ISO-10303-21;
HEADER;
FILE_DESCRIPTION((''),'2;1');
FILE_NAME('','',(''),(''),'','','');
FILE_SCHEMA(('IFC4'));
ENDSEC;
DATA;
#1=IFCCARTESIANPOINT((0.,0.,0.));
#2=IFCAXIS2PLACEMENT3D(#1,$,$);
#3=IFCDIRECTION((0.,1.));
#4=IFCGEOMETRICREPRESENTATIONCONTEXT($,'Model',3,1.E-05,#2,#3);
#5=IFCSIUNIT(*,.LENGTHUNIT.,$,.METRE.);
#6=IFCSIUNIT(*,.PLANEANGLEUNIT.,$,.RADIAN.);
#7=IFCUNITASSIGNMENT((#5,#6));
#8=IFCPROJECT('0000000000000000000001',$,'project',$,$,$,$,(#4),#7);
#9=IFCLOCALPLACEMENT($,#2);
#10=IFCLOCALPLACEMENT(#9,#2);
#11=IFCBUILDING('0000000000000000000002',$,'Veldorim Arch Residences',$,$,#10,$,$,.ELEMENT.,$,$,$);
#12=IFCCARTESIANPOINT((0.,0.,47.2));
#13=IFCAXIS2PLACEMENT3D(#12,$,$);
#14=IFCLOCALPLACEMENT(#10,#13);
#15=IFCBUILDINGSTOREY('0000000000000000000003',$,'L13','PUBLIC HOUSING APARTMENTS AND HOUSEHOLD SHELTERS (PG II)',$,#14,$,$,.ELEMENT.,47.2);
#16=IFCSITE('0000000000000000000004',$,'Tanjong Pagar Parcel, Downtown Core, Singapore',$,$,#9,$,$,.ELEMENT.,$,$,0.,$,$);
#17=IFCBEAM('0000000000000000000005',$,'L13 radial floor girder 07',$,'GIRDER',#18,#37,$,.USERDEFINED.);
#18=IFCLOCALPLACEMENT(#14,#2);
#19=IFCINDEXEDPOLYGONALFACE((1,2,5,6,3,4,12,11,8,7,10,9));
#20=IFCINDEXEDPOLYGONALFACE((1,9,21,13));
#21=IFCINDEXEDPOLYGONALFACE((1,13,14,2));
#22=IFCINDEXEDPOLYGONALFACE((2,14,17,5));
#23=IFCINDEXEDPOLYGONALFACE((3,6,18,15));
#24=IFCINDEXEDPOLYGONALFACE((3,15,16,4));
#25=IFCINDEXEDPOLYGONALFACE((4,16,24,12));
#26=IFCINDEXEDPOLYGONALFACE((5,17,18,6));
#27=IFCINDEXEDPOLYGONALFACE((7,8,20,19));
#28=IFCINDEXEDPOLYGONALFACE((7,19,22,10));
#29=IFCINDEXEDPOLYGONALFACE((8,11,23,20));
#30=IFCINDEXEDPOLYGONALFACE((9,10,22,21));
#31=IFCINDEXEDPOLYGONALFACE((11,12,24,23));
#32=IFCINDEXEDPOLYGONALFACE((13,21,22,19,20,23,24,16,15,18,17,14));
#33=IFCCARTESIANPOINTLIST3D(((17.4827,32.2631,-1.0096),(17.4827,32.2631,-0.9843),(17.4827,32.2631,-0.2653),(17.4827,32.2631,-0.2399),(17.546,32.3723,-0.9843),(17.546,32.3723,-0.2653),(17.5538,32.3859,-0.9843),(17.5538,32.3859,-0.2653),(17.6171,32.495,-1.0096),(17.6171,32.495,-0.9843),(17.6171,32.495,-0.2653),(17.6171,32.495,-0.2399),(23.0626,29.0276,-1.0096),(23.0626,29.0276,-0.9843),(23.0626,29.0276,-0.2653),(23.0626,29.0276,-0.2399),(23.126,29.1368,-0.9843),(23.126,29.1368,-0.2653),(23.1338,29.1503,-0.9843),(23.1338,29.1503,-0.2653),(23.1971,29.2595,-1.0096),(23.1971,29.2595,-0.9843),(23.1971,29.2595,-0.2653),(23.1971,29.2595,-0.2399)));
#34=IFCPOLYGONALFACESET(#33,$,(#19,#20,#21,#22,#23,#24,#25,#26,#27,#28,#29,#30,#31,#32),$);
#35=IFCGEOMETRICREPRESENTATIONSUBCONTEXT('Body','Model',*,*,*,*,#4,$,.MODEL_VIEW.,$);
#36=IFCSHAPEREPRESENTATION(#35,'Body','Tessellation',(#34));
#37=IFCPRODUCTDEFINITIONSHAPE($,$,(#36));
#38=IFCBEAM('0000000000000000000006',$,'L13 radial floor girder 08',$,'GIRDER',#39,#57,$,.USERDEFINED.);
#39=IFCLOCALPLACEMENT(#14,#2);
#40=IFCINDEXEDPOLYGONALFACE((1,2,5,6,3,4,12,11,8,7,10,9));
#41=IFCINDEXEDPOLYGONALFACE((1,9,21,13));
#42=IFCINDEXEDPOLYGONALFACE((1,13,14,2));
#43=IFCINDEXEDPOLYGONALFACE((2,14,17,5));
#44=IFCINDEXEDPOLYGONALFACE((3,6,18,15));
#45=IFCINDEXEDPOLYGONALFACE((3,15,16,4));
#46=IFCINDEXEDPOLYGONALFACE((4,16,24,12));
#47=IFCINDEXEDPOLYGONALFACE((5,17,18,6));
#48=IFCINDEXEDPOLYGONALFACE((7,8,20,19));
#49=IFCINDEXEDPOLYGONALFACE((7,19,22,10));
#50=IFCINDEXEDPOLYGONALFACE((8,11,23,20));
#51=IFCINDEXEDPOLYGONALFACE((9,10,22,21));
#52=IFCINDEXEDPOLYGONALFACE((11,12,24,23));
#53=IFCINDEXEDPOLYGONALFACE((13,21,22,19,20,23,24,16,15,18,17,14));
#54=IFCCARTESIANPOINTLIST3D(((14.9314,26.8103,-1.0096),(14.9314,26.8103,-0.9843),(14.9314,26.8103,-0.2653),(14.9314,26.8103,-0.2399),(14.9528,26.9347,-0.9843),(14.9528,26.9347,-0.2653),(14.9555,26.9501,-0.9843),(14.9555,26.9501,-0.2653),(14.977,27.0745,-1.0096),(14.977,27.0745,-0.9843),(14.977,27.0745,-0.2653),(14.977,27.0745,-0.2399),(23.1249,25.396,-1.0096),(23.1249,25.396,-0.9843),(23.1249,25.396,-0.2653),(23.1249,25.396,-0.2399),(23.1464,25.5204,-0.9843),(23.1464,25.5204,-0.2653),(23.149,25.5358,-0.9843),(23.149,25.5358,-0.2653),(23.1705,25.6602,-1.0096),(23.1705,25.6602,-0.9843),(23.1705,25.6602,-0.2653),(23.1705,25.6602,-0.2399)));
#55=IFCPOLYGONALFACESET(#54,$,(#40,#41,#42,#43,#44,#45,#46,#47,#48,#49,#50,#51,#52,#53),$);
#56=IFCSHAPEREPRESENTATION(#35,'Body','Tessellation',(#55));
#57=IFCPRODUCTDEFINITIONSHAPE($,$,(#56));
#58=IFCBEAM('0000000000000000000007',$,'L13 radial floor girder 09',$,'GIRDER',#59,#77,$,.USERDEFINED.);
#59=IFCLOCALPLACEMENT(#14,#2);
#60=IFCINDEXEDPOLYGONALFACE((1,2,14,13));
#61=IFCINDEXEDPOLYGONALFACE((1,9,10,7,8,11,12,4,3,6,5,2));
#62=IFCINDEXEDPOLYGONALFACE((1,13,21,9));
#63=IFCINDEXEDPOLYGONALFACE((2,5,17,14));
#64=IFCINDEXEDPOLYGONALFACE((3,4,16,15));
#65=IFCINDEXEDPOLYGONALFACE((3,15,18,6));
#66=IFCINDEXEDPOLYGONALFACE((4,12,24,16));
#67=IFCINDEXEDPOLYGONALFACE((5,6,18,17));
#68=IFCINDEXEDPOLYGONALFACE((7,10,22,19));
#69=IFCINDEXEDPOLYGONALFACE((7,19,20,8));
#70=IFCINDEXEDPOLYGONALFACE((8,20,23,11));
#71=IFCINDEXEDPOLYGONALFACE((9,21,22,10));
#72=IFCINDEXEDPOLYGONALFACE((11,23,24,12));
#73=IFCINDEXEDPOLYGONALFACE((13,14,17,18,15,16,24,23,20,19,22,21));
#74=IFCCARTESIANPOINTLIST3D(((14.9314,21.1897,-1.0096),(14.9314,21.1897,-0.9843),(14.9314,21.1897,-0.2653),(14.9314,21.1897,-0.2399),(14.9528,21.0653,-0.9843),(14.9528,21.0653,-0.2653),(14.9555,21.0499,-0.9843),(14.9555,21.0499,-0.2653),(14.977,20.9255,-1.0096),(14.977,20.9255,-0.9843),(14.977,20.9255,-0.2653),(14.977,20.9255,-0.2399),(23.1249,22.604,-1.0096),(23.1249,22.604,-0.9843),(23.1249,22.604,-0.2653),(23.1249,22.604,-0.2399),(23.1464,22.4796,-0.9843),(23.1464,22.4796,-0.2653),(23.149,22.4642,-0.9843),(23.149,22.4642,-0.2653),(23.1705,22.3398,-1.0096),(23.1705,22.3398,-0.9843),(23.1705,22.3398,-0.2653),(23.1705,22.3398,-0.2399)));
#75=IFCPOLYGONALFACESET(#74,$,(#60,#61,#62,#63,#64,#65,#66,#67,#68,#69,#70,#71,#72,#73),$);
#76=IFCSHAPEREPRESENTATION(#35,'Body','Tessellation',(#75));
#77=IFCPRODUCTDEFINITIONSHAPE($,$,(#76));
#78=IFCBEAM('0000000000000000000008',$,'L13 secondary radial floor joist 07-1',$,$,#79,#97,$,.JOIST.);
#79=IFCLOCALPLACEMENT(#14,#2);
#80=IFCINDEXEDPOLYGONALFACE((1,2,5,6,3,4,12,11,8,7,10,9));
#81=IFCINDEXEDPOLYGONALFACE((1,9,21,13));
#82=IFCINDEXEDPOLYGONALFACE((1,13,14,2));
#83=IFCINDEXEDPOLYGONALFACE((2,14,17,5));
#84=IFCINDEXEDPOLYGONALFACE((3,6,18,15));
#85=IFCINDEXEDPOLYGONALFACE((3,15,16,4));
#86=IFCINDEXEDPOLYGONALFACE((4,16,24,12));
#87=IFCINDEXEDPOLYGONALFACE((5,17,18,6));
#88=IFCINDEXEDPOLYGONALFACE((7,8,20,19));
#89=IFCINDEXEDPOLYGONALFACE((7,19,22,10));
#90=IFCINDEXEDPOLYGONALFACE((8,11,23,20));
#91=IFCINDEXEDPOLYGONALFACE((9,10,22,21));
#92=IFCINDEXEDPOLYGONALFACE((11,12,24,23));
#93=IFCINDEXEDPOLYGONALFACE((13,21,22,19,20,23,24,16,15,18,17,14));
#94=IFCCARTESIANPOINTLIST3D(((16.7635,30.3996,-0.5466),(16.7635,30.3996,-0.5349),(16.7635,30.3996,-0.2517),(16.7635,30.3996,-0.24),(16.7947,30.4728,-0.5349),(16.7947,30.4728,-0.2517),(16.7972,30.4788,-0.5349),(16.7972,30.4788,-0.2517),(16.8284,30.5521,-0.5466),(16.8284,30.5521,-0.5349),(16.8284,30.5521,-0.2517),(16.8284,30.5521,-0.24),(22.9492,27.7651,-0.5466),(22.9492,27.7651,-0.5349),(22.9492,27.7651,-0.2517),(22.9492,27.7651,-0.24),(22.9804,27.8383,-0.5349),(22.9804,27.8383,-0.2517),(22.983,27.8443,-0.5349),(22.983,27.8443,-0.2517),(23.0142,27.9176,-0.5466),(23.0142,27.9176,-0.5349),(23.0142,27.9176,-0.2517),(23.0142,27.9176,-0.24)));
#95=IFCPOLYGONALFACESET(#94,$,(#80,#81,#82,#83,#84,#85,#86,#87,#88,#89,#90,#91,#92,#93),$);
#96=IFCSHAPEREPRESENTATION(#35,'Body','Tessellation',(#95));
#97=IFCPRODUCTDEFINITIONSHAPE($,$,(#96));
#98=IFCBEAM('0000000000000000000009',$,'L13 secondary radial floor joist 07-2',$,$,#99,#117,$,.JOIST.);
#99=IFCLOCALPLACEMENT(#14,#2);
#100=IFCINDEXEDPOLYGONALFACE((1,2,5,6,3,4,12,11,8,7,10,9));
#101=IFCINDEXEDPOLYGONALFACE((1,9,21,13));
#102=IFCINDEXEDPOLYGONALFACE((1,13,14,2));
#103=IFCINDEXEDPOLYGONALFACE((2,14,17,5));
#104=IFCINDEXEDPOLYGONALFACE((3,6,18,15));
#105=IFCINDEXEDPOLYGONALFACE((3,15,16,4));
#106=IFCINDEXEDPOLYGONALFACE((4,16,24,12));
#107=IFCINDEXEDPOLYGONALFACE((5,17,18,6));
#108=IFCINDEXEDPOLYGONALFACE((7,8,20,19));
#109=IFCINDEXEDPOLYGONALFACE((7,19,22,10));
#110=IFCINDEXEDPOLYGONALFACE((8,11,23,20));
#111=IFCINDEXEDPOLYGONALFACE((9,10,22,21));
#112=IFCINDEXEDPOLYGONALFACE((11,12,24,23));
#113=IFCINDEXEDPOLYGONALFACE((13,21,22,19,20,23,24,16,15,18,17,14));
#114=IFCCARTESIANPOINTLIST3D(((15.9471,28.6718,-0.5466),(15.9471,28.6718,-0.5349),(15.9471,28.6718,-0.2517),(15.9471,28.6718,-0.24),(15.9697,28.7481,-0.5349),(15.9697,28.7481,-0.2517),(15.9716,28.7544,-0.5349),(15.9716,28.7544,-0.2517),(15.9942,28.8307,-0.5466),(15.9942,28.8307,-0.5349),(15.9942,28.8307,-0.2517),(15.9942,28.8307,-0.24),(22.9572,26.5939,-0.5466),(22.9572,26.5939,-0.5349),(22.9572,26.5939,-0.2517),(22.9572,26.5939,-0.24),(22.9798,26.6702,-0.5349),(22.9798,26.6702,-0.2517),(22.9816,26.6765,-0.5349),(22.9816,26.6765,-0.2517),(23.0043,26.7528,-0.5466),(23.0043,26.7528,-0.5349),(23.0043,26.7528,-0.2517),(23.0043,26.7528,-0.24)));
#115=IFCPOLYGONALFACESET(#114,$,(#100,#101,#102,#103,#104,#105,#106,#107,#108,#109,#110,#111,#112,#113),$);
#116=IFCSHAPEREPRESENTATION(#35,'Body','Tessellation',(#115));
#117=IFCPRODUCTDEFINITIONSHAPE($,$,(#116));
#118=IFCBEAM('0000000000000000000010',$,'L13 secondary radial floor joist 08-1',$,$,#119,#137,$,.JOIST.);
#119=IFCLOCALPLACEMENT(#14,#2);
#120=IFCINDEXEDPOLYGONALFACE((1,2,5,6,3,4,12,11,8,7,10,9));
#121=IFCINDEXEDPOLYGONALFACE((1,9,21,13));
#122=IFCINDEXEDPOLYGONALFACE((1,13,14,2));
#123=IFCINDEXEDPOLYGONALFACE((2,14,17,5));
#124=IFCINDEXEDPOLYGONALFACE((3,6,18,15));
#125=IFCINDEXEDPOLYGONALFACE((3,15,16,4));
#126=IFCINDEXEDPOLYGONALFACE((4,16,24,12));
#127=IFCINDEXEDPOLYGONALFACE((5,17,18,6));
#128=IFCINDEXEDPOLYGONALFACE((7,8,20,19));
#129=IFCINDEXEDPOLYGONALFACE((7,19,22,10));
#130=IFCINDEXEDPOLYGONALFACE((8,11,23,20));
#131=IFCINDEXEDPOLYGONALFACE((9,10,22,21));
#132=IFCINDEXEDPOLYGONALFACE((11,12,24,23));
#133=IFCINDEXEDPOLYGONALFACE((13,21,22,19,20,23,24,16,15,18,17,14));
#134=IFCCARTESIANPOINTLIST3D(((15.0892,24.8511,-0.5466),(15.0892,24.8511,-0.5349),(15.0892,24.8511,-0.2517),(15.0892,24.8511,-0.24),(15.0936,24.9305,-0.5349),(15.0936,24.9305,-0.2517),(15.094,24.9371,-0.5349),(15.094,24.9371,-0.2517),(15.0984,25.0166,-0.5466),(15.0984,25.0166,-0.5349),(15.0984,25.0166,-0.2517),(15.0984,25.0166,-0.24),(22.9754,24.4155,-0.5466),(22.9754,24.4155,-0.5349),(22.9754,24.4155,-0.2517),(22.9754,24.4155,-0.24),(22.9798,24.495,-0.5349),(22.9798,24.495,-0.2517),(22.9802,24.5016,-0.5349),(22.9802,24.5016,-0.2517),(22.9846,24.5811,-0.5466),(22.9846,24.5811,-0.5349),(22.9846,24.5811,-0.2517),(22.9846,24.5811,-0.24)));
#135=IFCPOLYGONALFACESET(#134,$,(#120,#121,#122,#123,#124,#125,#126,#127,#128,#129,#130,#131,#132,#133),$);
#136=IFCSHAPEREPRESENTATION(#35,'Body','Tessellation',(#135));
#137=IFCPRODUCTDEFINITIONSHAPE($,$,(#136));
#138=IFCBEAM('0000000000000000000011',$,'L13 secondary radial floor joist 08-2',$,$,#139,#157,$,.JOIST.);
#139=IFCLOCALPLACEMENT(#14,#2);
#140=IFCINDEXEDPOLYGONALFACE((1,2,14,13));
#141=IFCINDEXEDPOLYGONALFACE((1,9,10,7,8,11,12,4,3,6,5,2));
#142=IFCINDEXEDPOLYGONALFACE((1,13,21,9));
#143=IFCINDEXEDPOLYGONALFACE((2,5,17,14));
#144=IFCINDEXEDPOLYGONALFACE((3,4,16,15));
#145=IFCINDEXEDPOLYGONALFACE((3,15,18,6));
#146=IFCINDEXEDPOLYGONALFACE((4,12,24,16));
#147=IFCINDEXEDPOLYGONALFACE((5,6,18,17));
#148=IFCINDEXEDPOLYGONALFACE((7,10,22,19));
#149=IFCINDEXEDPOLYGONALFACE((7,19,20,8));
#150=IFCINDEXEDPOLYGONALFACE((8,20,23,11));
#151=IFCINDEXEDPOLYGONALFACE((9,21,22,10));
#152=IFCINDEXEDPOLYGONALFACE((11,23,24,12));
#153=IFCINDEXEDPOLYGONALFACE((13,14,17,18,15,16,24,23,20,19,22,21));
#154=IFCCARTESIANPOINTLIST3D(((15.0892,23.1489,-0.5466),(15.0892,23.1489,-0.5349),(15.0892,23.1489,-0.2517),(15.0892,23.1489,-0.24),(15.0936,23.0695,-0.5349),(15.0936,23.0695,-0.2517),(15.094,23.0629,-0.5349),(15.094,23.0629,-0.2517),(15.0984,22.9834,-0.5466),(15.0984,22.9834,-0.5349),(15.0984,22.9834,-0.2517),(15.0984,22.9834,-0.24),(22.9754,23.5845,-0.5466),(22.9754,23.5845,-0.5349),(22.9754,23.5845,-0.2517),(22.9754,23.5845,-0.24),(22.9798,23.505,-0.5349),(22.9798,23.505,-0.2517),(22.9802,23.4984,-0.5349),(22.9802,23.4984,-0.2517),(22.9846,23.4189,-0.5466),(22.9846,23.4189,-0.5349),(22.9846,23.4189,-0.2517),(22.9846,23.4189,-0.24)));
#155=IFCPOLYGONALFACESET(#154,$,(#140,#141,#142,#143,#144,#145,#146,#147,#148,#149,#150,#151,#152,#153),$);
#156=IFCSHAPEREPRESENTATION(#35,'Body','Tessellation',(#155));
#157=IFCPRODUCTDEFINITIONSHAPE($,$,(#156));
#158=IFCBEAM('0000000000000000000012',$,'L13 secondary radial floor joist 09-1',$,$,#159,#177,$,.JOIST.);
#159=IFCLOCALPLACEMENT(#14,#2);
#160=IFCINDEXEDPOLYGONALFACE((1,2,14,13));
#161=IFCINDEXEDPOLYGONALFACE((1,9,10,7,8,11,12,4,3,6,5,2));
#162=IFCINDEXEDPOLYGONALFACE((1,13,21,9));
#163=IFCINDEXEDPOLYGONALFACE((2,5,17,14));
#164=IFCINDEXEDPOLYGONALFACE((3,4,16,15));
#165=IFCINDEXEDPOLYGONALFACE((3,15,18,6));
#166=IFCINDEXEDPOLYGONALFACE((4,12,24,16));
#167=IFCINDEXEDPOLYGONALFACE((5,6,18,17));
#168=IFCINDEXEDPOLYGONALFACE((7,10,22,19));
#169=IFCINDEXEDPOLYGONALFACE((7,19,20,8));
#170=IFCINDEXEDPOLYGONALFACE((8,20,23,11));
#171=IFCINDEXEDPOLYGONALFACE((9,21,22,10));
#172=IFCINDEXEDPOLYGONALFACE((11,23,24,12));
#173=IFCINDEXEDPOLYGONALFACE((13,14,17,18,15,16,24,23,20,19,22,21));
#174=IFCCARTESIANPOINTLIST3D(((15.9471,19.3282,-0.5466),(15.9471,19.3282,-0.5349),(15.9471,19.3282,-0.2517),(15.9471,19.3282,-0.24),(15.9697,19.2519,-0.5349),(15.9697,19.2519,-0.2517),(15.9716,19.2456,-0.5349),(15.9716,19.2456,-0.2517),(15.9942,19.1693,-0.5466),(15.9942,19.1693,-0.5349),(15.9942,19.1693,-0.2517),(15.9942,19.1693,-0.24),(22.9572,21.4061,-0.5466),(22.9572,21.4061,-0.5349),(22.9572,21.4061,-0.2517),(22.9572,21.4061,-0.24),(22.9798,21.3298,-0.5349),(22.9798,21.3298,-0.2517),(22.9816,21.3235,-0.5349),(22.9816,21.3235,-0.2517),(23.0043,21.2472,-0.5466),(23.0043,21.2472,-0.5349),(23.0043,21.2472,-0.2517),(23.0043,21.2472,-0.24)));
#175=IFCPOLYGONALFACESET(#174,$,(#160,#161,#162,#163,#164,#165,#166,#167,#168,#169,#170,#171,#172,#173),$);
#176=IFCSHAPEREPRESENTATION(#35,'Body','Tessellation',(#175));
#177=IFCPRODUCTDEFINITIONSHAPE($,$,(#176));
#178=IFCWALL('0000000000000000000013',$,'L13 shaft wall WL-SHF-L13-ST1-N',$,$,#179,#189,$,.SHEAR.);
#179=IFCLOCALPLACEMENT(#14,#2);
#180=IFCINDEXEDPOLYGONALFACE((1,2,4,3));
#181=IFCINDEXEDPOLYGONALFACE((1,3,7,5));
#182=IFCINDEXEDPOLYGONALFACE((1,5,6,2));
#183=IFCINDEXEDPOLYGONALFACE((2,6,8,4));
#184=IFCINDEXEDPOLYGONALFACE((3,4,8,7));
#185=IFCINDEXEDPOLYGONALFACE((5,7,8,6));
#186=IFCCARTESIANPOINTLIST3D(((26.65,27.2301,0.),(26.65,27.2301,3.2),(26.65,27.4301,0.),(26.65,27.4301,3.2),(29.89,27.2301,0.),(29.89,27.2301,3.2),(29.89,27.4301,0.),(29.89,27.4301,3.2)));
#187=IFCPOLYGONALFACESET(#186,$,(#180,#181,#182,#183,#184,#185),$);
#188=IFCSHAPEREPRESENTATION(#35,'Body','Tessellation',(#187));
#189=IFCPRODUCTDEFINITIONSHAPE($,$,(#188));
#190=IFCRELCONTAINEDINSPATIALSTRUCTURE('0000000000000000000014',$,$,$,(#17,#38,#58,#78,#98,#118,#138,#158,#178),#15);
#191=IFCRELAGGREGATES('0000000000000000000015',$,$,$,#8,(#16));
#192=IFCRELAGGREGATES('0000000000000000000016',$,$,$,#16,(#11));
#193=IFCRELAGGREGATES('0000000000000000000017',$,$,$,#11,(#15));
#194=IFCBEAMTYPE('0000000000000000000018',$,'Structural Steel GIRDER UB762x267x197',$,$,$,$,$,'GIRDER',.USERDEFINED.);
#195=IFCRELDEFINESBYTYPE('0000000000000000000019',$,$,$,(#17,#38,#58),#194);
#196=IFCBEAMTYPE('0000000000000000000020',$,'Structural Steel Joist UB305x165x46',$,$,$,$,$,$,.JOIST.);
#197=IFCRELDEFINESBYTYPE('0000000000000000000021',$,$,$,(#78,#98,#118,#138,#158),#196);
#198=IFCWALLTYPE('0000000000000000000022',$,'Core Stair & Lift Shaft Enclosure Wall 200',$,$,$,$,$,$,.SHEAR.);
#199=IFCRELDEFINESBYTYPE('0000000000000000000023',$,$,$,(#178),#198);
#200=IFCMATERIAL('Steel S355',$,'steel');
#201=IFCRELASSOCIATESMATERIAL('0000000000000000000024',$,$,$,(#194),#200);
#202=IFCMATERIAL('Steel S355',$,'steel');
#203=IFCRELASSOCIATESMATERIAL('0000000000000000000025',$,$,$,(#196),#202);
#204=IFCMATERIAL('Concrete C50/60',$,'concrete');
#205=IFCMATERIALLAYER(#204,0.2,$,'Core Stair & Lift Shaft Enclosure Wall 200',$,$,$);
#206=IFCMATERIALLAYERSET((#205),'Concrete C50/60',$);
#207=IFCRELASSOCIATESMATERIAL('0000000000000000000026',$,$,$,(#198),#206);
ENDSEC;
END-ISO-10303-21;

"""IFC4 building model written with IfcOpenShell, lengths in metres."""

from ifc_helpers import new_model, si_unit, direction, frame, frame_2d, origin, origin_2d, place, context, subcontext, project, spatial, rectangle, i_section, extrude, material, layer, layer_set, material_profile, profile_set, type_object, element, save


model = new_model("IFC4")

# Units and contexts
model_context = context("Model", 3, precision=1e-05, world=origin(), true_north=direction((0.0, 1.0)))
body_context = subcontext(model_context, "Body", "Model", "MODEL_VIEW")
ifc_project = project(units=[si_unit("LENGTHUNIT", "METRE"), si_unit("PLANEANGLEUNIT", "RADIAN")], contexts=[model_context])

# Site, building, storey
site_placement = place(None, origin())
site = spatial("IfcSite", under=ifc_project, at=site_placement, Name="Tanjong Pagar Parcel, Downtown Core, Singapore", CompositionType="ELEMENT", RefElevation=0.0)
building_placement = place(site_placement, origin())
building = spatial("IfcBuilding", under=site, at=building_placement, Name="Veldorim Arch Residences", CompositionType="ELEMENT")
storey_placement = place(building_placement, frame((0.0, 0.0, 47.2)))
storey = spatial("IfcBuildingStorey", under=building, at=storey_placement, Name="L13", Description="PUBLIC HOUSING APARTMENTS AND HOUSEHOLD SHELTERS (PG II)", CompositionType="ELEMENT", Elevation=47.2)

# Beams
ifc_material_1 = material(Name="Steel S355", Category="steel")
ifc_material_profile_1 = material_profile(ifc_material_1, i_section(OverallWidth=0.2681, OverallDepth=0.7698, WebThickness=0.0156, FlangeThickness=0.0254, at=origin_2d()), Name="UB762x267x197")
ifc_profile_set_1 = profile_set([ifc_material_profile_1], Name="Steel S355")
beam_type_1 = type_object("IfcBeamType", Name="Structural Steel GIRDER UB762x267x197", ElementType="GIRDER", PredefinedType="USERDEFINED", material=ifc_profile_set_1)
beam_1_placement = place(storey_placement, frame((23.1299, 29.1436, -0.6248), z_axis=(-0.865088, 0.50162, 0.0), x_axis=(-0.50162, -0.865088, 0.0)))
element("IfcBeam", 1, at=beam_1_placement, inside=storey, type_object=beam_type_1, Name="L13 radial floor girder 07", ObjectType="GIRDER", PredefinedType="USERDEFINED", context=body_context, shape_type="SweptSolid", body=[
    extrude(i_section(OverallWidth=0.2681, OverallDepth=0.7698, WebThickness=0.0156, FlangeThickness=0.0254, at=origin_2d()), origin(), (0.0, 0.0, 1.0), 6.4502),
])
for number, where, z_axis, x_axis, name in (
    (2, (23.1477, 25.5281, -0.6248), (-0.985428, 0.170096, 0.0), (-0.170096, -0.985428, 0.0), "L13 radial floor girder 08"),
    (3, (23.1477, 22.4719, -0.6248), (-0.985428, -0.170096, 0.0), (0.170096, -0.985428, 0.0), "L13 radial floor girder 09"),
):
    element("IfcBeam", number, at=place(storey_placement, frame(where, z_axis=z_axis, x_axis=x_axis)), inside=storey, type_object=beam_type_1, Name=name, ObjectType="GIRDER", PredefinedType="USERDEFINED", context=body_context, shape_type="SweptSolid", body=[
        extrude(i_section(OverallWidth=0.2681, OverallDepth=0.7698, WebThickness=0.0156, FlangeThickness=0.0254, at=origin_2d()), origin(), (0.0, 0.0, 1.0), 8.3147),
    ])
ifc_material_2 = material(Name="Steel S355", Category="steel")
ifc_material_profile_2 = material_profile(ifc_material_2, i_section(OverallWidth=0.1658, OverallDepth=0.3066, WebThickness=0.0066, FlangeThickness=0.0117, at=origin_2d()), Name="UB305x165x46")
ifc_profile_set_2 = profile_set([ifc_material_profile_2], Name="Steel S355")
beam_type_2 = type_object("IfcBeamType", Name="Structural Steel Joist UB305x165x46", PredefinedType="JOIST", material=ifc_profile_set_2)
beam_2_placement = place(storey_placement, frame((22.9817, 27.8413, -0.3933), z_axis=(-0.920033, 0.391841, 0.0), x_axis=(-0.391841, -0.920033, 0.0)))
element("IfcBeam", 4, at=beam_2_placement, inside=storey, type_object=beam_type_2, Name="L13 secondary radial floor joist 07-1", PredefinedType="JOIST", context=body_context, shape_type="SweptSolid", body=[
    extrude(i_section(OverallWidth=0.1658, OverallDepth=0.3066, WebThickness=0.0066, FlangeThickness=0.0117, at=origin_2d()), origin(), (0.0, 0.0, 1.0), 6.7234),
])
beam_3_placement = place(storey_placement, frame((22.9807, 26.6733, -0.3933), z_axis=(-0.958767, 0.284194, 0.0), x_axis=(-0.284194, -0.958767, 0.0)))
element("IfcBeam", 5, at=beam_3_placement, inside=storey, type_object=beam_type_2, Name="L13 secondary radial floor joist 07-2", PredefinedType="JOIST", context=body_context, shape_type="SweptSolid", body=[
    extrude(i_section(OverallWidth=0.1658, OverallDepth=0.3066, WebThickness=0.0066, FlangeThickness=0.0117, at=origin_2d()), origin(), (0.0, 0.0, 1.0), 7.3115),
])
for number, where, z_axis, x_axis, name in (
    (6, (22.98, 24.4983, -0.3933), (-0.998478, 0.055145, 0.0), (-0.055145, -0.998478, 0.0), "L13 secondary radial floor joist 08-1"),
    (7, (22.98, 23.5017, -0.3933), (-0.998478, -0.055145, 0.0), (0.055145, -0.998478, 0.0), "L13 secondary radial floor joist 08-2"),
):
    element("IfcBeam", number, at=place(storey_placement, frame(where, z_axis=z_axis, x_axis=x_axis)), inside=storey, type_object=beam_type_2, Name=name, PredefinedType="JOIST", context=body_context, shape_type="SweptSolid", body=[
        extrude(i_section(OverallWidth=0.1658, OverallDepth=0.3066, WebThickness=0.0066, FlangeThickness=0.0117, at=origin_2d()), origin(), (0.0, 0.0, 1.0), 7.8982),
    ])
beam_4_placement = place(storey_placement, frame((22.9807, 21.3267, -0.3933), z_axis=(-0.958767, -0.284194, 0.0), x_axis=(0.284194, -0.958767, 0.0)))
element("IfcBeam", 8, at=beam_4_placement, inside=storey, type_object=beam_type_2, Name="L13 secondary radial floor joist 09-1", PredefinedType="JOIST", context=body_context, shape_type="SweptSolid", body=[
    extrude(i_section(OverallWidth=0.1658, OverallDepth=0.3066, WebThickness=0.0066, FlangeThickness=0.0117, at=origin_2d()), origin(), (0.0, 0.0, 1.0), 7.3115),
])

# Wall
ifc_material_3 = material(Name="Concrete C50/60", Category="concrete")
ifc_layer = layer(ifc_material_3, 0.2, Name="Core Stair & Lift Shaft Enclosure Wall 200")
ifc_layer_set = layer_set([ifc_layer], Name="Concrete C50/60")
wall_type = type_object("IfcWallType", Name="Core Stair & Lift Shaft Enclosure Wall 200", PredefinedType="SHEAR", material=ifc_layer_set)
wall_1_placement = place(storey_placement, frame((26.6499, 27.3301, 0.0), z_axis=(0.0, 0.0, 1.0), x_axis=(1.0, 0.0, 0.0)))
element("IfcWall", 9, at=wall_1_placement, inside=storey, type_object=wall_type, Name="L13 shaft wall WL-SHF-L13-ST1-N", PredefinedType="SHEAR", context=body_context, shape_type="SweptSolid", body=[
    extrude(rectangle(XDim=3.24, YDim=0.2, at=frame_2d((1.6201, 0.0))), origin(), (0.0, 0.0, 1.0), 3.2),
])

save(model, "model.ifc")
